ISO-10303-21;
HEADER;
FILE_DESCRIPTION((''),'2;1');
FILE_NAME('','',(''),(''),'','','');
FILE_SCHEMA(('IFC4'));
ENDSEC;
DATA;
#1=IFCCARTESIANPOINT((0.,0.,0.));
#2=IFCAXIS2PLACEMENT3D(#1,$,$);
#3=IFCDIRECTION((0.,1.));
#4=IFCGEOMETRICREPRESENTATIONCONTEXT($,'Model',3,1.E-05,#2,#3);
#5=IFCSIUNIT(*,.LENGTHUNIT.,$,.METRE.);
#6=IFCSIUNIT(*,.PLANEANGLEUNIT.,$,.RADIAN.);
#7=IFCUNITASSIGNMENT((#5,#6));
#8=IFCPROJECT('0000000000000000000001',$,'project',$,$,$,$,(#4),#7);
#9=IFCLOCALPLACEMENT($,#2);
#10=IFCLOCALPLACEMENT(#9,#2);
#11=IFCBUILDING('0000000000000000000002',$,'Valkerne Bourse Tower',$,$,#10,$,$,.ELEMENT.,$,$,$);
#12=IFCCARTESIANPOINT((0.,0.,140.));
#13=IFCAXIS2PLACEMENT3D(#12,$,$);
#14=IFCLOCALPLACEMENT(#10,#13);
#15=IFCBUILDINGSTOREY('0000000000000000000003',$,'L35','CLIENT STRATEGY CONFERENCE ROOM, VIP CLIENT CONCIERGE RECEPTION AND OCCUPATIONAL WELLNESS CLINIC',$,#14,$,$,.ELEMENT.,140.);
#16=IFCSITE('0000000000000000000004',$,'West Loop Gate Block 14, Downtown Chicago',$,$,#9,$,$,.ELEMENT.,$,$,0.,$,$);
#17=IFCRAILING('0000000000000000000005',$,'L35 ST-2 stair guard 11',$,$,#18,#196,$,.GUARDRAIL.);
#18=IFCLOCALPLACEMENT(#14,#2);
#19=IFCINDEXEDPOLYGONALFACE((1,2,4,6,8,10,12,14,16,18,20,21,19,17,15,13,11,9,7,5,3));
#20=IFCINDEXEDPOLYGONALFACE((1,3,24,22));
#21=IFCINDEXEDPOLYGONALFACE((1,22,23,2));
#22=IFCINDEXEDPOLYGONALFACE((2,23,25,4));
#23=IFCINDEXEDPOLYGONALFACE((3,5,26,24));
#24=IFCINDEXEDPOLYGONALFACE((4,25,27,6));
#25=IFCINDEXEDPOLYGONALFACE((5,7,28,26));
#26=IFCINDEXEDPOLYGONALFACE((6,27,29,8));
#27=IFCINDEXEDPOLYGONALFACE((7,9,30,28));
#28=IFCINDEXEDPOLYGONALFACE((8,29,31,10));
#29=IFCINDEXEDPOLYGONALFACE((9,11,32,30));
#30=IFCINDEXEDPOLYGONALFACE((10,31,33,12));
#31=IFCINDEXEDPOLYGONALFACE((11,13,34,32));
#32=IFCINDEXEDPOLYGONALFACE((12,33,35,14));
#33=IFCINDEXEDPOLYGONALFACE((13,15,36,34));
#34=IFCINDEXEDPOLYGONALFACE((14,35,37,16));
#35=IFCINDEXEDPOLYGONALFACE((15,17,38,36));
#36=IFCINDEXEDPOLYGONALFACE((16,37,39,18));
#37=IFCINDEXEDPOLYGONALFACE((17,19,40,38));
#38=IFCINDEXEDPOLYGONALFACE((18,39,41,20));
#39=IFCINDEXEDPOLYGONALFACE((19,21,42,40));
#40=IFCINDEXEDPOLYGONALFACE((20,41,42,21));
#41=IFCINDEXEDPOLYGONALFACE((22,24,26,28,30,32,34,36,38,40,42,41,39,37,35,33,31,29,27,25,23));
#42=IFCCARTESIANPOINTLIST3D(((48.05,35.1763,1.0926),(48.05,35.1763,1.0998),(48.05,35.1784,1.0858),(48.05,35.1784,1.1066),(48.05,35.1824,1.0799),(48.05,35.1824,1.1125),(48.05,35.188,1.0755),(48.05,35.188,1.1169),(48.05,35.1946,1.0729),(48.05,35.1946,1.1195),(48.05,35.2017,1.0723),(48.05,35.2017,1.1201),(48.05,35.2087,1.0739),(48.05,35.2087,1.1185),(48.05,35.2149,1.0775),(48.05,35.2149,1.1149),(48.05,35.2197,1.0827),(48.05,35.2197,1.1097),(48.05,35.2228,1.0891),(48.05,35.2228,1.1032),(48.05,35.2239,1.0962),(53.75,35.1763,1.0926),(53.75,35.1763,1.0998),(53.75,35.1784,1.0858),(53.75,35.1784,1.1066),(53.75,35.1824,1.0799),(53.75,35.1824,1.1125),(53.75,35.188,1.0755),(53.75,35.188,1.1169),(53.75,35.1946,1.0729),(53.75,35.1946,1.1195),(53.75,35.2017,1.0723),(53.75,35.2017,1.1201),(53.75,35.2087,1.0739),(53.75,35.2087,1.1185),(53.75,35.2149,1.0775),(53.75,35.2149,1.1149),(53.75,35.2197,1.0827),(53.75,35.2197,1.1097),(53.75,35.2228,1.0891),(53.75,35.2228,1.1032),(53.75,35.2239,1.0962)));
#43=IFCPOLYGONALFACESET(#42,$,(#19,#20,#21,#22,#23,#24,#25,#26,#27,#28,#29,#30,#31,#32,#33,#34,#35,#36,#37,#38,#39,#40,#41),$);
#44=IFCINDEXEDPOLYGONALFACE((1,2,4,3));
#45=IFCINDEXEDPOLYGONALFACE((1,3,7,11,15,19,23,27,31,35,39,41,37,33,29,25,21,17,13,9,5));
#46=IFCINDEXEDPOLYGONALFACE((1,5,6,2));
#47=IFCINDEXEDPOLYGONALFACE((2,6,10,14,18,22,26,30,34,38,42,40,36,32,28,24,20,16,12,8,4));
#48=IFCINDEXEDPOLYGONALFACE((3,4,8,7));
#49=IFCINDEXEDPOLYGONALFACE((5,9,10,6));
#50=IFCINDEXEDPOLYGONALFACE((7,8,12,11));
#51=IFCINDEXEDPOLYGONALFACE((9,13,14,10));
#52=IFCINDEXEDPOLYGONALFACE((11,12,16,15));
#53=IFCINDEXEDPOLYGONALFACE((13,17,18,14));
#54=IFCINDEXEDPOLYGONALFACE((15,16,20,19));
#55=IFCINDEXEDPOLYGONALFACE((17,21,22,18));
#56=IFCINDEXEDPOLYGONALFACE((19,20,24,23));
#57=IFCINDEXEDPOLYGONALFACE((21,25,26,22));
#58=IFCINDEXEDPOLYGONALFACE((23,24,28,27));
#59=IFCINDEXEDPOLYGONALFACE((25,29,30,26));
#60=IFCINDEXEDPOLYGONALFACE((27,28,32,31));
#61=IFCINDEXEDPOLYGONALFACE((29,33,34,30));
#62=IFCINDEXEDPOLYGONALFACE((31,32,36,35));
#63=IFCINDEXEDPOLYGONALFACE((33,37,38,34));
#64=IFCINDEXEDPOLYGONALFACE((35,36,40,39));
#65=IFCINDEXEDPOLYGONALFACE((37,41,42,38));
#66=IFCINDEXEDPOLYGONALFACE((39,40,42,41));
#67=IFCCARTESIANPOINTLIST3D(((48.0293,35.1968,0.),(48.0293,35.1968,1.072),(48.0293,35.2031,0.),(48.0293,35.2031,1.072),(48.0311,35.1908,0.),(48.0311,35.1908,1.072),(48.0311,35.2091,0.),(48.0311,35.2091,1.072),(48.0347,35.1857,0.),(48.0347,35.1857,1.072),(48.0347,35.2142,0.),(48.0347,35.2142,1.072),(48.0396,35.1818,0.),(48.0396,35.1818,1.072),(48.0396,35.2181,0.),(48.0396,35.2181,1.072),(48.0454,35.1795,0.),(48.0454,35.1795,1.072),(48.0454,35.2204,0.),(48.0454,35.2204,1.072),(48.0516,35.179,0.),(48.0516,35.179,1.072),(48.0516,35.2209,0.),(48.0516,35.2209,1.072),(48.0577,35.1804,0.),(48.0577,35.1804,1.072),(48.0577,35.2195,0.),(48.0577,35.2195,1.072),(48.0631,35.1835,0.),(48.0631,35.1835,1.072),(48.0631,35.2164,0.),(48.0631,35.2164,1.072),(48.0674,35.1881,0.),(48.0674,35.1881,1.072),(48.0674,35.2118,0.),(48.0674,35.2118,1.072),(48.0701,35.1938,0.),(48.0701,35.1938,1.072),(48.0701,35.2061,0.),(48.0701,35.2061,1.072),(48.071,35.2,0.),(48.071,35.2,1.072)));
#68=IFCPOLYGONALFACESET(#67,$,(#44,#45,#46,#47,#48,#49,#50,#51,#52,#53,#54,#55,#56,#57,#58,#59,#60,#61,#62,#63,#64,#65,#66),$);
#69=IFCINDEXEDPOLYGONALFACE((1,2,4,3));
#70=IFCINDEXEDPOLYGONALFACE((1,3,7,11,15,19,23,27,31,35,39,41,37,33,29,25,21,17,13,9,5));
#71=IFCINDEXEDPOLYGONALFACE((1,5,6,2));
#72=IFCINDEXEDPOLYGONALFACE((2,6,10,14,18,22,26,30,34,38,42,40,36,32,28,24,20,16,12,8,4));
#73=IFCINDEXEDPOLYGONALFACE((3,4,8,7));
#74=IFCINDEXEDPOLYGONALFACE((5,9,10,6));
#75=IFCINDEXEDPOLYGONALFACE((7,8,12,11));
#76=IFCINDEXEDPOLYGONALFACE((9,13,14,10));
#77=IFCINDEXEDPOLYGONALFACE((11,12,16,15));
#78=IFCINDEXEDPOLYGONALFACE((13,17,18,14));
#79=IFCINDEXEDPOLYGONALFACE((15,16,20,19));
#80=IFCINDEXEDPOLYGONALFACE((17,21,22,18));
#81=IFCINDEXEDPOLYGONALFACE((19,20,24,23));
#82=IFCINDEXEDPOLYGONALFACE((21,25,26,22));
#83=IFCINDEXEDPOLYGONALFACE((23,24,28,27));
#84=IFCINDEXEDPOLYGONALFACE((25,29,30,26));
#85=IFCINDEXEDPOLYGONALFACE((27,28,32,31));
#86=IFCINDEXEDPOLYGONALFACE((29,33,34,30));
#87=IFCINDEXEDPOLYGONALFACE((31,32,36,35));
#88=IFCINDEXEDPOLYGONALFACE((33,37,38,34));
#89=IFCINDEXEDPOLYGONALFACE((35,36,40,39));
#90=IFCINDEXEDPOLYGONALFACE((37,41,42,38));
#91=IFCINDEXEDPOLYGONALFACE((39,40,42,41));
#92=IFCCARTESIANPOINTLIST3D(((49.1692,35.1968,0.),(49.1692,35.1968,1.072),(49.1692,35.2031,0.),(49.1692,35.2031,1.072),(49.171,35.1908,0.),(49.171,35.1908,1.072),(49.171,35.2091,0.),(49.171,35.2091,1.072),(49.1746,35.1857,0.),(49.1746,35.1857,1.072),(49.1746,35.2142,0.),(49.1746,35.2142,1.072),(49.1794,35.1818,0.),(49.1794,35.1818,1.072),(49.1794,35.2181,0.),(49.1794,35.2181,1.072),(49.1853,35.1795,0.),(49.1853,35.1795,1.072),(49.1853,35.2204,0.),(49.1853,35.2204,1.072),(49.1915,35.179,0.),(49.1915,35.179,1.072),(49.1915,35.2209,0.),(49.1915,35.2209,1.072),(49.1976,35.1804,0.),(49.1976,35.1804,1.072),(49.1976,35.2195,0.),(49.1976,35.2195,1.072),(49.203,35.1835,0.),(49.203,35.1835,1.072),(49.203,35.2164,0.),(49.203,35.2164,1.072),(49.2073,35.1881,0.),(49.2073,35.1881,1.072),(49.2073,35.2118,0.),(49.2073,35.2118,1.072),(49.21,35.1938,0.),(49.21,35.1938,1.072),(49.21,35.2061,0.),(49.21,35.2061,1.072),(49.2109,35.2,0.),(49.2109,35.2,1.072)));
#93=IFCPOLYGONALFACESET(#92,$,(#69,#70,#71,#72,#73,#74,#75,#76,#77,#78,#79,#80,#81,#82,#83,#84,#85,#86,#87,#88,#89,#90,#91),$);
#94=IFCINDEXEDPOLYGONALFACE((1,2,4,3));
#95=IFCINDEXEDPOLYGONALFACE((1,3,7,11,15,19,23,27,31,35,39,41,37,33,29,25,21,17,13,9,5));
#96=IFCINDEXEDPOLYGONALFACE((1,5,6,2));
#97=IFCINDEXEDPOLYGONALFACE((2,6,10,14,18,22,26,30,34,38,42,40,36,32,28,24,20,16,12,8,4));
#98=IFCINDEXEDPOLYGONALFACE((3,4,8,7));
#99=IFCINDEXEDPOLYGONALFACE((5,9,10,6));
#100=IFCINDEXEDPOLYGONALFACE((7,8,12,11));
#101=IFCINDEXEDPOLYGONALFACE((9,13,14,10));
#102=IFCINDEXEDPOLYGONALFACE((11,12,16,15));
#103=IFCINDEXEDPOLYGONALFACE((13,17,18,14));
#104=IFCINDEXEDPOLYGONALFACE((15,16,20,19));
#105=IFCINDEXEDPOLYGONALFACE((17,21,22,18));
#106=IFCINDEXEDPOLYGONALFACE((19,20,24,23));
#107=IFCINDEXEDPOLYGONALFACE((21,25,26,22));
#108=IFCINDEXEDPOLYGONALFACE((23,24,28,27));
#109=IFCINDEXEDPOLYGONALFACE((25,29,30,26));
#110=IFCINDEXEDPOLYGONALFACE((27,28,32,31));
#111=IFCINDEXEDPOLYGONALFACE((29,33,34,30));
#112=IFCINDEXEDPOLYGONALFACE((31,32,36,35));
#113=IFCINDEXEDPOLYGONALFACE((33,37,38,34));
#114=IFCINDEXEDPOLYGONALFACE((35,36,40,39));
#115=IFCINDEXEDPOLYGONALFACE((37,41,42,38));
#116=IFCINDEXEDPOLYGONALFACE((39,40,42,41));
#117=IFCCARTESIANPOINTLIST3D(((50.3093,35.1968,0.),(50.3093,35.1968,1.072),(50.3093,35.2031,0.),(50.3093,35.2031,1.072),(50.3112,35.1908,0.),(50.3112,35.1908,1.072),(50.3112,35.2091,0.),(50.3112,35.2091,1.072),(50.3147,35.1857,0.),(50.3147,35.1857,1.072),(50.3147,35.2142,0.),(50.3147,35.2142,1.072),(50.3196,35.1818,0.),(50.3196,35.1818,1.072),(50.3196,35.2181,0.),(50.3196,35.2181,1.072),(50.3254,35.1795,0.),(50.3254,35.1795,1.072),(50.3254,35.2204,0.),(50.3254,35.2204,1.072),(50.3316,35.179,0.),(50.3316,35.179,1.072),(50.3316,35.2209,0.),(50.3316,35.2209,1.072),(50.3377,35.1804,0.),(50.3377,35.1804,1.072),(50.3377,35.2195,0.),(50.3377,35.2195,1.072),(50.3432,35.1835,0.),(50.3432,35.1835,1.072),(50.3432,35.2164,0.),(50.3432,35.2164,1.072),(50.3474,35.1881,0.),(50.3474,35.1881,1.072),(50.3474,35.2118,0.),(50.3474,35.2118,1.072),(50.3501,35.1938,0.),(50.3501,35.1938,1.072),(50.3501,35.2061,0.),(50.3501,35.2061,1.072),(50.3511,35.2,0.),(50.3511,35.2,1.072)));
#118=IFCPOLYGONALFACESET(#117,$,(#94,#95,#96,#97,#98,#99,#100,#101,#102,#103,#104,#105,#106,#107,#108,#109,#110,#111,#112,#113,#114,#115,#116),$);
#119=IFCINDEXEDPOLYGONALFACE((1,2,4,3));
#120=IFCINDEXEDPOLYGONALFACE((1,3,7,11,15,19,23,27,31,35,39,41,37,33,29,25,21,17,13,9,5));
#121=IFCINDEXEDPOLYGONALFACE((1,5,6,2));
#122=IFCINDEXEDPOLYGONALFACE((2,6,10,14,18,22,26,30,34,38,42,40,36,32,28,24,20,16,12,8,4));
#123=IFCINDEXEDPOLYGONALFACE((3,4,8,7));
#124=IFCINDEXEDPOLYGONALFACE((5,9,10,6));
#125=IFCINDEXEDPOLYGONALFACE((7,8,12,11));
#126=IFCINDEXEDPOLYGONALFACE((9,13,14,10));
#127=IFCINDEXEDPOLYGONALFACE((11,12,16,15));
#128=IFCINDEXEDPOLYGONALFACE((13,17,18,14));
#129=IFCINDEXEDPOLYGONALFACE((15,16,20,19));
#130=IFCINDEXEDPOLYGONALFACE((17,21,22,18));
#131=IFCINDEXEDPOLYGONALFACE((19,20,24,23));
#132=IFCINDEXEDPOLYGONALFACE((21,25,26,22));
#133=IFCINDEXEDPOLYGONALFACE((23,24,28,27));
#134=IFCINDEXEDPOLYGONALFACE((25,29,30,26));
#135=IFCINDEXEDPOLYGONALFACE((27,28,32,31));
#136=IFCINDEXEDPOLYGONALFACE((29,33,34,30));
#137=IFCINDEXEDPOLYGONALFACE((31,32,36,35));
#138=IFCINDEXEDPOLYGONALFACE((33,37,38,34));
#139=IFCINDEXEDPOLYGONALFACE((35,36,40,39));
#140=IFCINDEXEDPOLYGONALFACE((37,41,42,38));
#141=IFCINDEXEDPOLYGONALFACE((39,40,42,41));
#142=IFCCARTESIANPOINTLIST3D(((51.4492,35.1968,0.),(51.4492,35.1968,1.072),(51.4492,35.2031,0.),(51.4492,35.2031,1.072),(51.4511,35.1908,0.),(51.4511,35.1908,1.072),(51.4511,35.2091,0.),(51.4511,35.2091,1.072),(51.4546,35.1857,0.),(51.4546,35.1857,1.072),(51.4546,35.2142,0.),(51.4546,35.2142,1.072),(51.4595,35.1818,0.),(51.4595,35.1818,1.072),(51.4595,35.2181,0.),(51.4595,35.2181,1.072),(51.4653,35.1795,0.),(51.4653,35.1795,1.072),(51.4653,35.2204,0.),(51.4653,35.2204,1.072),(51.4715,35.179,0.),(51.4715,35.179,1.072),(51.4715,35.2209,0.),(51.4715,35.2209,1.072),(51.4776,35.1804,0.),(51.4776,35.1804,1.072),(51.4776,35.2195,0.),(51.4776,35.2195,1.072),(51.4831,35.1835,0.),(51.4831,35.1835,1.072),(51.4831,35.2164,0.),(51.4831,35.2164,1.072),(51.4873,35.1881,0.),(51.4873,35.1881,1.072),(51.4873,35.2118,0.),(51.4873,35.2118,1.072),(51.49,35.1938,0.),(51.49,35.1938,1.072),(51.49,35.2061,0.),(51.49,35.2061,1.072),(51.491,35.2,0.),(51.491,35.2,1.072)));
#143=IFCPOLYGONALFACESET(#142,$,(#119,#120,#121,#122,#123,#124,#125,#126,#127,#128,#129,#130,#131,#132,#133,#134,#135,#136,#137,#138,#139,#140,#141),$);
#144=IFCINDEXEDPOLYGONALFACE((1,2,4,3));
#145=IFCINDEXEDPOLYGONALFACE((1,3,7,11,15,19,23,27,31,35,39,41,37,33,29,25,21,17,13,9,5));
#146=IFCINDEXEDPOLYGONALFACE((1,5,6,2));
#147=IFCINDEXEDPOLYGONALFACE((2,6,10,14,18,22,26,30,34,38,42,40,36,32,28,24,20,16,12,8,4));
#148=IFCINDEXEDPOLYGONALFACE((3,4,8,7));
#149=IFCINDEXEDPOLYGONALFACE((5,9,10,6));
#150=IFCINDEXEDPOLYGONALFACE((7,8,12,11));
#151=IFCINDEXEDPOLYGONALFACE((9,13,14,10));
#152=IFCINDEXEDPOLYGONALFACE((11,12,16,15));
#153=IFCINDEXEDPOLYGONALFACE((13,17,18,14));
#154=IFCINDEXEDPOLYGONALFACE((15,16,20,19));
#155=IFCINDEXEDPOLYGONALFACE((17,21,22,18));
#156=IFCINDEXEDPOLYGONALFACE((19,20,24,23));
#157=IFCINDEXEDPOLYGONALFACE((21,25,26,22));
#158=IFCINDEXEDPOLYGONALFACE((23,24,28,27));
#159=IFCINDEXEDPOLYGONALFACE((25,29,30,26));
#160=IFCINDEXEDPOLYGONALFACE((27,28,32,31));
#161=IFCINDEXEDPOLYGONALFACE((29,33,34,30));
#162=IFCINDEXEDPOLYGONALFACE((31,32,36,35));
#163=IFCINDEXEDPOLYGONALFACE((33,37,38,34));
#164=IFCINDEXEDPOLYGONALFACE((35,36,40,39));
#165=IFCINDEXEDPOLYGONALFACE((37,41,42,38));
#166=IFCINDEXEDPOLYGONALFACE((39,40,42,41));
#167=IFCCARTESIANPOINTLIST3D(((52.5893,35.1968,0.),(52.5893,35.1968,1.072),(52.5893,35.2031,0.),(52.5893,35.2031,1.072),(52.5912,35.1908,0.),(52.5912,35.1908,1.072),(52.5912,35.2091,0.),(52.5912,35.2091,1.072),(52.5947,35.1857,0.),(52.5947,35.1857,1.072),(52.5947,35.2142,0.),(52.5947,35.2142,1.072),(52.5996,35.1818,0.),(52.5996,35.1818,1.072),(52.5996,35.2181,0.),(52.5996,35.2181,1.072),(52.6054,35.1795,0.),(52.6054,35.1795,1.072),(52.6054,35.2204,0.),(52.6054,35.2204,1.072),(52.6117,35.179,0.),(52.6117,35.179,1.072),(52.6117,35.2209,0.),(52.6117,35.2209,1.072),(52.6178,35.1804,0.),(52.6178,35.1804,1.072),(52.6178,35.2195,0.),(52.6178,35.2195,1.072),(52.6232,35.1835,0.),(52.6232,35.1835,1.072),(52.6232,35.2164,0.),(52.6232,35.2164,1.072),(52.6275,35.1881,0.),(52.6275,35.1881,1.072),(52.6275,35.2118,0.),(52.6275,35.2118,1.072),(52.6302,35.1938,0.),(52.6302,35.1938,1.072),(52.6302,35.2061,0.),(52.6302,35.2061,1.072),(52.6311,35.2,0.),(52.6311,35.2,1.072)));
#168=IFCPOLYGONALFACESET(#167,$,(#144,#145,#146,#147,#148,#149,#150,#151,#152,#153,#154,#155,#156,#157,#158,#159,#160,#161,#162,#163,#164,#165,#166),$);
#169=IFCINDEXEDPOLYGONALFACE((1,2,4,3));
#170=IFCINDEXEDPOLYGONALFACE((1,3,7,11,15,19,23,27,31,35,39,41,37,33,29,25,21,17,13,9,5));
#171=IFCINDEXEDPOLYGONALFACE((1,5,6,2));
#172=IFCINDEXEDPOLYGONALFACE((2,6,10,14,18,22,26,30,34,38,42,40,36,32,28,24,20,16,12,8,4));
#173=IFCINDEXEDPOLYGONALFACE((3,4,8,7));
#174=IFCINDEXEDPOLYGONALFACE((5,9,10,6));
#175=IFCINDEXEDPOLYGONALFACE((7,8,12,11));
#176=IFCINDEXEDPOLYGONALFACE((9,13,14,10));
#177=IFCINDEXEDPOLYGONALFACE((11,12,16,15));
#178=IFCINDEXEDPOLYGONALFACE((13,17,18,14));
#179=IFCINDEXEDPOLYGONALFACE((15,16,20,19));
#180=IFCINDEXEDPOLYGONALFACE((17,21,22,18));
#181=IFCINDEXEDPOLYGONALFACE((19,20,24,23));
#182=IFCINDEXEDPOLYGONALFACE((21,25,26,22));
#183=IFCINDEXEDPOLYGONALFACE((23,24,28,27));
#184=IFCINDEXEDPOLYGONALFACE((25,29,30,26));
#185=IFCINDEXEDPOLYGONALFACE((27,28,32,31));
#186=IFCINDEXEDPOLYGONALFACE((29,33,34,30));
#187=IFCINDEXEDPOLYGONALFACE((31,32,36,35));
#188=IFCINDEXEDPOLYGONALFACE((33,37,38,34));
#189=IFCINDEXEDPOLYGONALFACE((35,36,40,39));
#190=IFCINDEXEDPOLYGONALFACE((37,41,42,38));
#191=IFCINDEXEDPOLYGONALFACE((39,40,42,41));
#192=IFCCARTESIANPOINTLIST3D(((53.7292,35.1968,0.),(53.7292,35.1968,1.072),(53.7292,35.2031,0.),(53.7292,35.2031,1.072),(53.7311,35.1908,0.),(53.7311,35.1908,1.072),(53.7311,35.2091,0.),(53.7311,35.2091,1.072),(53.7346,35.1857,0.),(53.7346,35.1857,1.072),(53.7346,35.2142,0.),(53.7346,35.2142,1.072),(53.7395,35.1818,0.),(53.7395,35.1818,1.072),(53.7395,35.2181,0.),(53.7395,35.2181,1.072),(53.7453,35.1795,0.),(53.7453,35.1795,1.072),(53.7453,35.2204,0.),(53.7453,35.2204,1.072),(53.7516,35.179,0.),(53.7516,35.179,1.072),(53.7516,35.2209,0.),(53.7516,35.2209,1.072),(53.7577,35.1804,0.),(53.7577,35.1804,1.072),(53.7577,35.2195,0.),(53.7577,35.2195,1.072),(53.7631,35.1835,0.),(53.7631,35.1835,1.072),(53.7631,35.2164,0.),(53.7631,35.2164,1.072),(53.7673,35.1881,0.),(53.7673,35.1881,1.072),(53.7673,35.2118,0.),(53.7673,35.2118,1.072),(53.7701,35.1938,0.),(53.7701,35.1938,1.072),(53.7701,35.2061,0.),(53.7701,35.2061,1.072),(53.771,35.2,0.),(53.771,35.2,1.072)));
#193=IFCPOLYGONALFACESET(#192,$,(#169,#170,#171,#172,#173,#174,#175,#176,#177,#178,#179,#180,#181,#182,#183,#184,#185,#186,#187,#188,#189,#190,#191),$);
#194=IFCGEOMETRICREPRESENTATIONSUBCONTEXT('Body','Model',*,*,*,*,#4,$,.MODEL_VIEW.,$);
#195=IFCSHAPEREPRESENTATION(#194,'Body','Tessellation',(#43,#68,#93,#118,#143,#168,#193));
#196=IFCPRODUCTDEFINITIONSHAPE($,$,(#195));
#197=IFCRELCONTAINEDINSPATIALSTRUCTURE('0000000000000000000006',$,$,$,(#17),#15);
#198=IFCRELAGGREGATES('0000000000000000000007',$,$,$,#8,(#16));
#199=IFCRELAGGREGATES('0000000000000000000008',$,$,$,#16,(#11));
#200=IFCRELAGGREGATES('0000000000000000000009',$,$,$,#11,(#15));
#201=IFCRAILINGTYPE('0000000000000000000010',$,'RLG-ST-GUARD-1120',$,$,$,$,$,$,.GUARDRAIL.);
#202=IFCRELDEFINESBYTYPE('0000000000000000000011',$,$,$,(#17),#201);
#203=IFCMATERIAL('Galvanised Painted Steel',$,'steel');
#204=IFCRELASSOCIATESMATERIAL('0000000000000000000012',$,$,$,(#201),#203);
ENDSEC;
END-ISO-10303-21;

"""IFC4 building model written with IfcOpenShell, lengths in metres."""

from ifc_helpers import new_model, si_unit, direction, frame, origin, origin_2d, place, context, subcontext, project, spatial, circle, extrude, material, type_object, element, save


model = new_model("IFC4")

# Units and contexts
model_context = context("Model", 3, precision=1e-05, world=origin(), true_north=direction((0.0, 1.0)))
body_context = subcontext(model_context, "Body", "Model", "MODEL_VIEW")
ifc_project = project(units=[si_unit("LENGTHUNIT", "METRE"), si_unit("PLANEANGLEUNIT", "RADIAN")], contexts=[model_context])

# Site, building, storey
site_placement = place(None, origin())
site = spatial("IfcSite", under=ifc_project, at=site_placement, Name="West Loop Gate Block 14, Downtown Chicago", CompositionType="ELEMENT", RefElevation=0.0)
building_placement = place(site_placement, origin())
building = spatial("IfcBuilding", under=site, at=building_placement, Name="Valkerne Bourse Tower", CompositionType="ELEMENT")
storey_placement = place(building_placement, frame((0.0, 0.0, 140.0)))
storey = spatial("IfcBuildingStorey", under=building, at=storey_placement, Name="L35", Description="CLIENT STRATEGY CONFERENCE ROOM, VIP CLIENT CONCIERGE RECEPTION AND OCCUPATIONAL WELLNESS CLINIC", CompositionType="ELEMENT", Elevation=140.0)

# Shared definitions
ifc_material_1 = material(Name="Galvanised Painted Steel", Category="steel")

# Railing
railing_type_1 = type_object("IfcRailingType", Name="RLG-ST-GUARD-1120", PredefinedType="GUARDRAIL", material=ifc_material_1)
for number, where, name in (
    (1, (48.05, 35.2, 0.0), "L35 ST-2 stair guard 11"),
):
    element("IfcRailing", number, at=place(storey_placement, frame(where)), inside=storey, type_object=railing_type_1, Name=name, PredefinedType="GUARDRAIL", context=body_context, shape_type="SweptSolid", body=[
        extrude(circle(Radius=0.0239, at=origin_2d()), frame((0.0, 0.0, 1.0962), z_axis=(1.0, 0.0, 0.0), x_axis=(0.0, 1.0, 0.0)), (0.0, 0.0, 1.0), 5.7),
        extrude(circle(Radius=0.021, at=origin_2d()), origin(), (0.0, 0.0, 1.0), 1.072),
        extrude(circle(Radius=0.021, at=origin_2d()), frame((1.1399, 0.0, 0.0)), (0.0, 0.0, 1.0), 1.072),
        extrude(circle(Radius=0.021, at=origin_2d()), frame((2.28, 0.0, 0.0)), (0.0, 0.0, 1.0), 1.072),
        extrude(circle(Radius=0.021, at=origin_2d()), frame((3.4199, 0.0, 0.0)), (0.0, 0.0, 1.0), 1.072),
        extrude(circle(Radius=0.021, at=origin_2d()), frame((4.5601, 0.0, 0.0)), (0.0, 0.0, 1.0), 1.072),
        extrude(circle(Radius=0.021, at=origin_2d()), frame((5.7, 0.0, 0.0)), (0.0, 0.0, 1.0), 1.072),
    ])

save(model, "model.ifc")
